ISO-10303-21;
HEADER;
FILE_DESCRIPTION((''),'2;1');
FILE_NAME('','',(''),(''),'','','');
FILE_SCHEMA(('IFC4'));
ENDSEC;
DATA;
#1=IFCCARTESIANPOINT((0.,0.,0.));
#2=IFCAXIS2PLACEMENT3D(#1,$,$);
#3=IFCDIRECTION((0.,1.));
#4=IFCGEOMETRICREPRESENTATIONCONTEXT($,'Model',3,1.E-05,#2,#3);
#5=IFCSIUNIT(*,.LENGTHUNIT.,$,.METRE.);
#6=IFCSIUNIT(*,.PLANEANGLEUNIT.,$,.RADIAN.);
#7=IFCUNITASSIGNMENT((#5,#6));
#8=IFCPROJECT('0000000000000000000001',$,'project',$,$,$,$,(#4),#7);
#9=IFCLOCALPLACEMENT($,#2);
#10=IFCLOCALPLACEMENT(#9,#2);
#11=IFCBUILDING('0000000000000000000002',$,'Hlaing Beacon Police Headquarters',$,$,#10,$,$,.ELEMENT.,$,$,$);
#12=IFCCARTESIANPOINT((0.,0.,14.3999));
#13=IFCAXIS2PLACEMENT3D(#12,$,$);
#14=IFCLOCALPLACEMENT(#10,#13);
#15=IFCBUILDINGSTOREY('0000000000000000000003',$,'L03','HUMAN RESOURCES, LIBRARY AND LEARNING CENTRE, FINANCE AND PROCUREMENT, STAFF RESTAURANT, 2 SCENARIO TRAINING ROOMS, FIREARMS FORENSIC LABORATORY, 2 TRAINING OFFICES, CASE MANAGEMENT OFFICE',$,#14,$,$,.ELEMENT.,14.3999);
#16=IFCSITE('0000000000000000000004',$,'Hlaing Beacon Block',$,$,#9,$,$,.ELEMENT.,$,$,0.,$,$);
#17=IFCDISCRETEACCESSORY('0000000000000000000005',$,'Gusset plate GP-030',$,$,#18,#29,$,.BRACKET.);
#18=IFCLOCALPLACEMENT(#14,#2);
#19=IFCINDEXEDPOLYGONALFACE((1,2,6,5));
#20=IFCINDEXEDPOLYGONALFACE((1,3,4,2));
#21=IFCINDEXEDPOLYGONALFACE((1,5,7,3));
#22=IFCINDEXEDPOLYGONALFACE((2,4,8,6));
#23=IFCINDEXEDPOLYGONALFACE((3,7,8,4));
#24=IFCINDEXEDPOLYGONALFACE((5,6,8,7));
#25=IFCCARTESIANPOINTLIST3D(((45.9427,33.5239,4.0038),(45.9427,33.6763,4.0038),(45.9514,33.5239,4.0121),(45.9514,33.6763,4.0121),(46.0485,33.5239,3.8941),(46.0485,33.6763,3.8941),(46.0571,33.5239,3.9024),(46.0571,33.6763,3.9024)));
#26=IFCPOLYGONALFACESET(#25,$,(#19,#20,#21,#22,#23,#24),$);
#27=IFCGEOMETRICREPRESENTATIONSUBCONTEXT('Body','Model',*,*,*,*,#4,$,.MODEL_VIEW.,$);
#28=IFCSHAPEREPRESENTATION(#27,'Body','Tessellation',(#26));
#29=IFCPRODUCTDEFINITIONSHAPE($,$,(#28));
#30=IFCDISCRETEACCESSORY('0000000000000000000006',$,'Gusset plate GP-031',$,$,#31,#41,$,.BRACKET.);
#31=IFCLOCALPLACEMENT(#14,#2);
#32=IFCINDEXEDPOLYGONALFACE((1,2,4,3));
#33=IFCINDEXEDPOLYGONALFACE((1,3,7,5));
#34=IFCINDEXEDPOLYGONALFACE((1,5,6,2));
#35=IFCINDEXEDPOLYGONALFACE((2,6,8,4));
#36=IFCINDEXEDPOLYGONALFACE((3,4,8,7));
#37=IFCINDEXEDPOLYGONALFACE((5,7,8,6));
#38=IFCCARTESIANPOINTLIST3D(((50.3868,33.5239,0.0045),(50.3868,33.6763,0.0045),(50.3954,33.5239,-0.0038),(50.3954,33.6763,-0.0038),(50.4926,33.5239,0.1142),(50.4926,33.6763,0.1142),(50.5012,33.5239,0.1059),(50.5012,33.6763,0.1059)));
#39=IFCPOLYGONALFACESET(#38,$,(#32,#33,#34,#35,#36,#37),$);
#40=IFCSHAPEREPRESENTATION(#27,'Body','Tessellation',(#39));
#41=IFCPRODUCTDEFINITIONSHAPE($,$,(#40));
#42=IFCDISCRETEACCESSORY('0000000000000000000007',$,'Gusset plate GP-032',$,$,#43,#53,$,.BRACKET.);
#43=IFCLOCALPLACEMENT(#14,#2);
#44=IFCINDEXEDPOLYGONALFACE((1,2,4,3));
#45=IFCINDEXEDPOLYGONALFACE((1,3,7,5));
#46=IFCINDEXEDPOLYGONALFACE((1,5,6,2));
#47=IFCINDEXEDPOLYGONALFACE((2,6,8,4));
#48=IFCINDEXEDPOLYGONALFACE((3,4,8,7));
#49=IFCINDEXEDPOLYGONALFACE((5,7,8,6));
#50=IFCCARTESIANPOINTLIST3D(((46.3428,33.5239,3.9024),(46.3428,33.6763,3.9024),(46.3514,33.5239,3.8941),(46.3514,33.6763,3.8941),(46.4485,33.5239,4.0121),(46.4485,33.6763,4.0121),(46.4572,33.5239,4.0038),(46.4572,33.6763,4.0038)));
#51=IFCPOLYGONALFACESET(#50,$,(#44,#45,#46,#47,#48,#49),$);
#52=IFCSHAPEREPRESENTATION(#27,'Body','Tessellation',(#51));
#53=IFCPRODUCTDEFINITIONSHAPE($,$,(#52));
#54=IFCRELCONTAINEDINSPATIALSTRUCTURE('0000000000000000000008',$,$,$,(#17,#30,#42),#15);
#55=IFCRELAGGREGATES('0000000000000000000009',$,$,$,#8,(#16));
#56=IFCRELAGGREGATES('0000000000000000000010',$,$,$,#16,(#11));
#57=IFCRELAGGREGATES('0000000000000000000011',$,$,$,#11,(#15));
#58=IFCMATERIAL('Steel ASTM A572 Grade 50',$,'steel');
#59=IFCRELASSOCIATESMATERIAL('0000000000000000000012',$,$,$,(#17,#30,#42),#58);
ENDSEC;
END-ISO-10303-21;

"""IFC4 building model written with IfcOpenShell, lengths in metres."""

from ifc_helpers import new_model, si_unit, direction, frame, origin, origin_2d, place, context, subcontext, project, spatial, rectangle, extrude, material, element, save


model = new_model("IFC4")

# Units and contexts
model_context = context("Model", 3, precision=1e-05, world=origin(), true_north=direction((0.0, 1.0)))
body_context = subcontext(model_context, "Body", "Model", "MODEL_VIEW")
ifc_project = project(units=[si_unit("LENGTHUNIT", "METRE"), si_unit("PLANEANGLEUNIT", "RADIAN")], contexts=[model_context])

# Site, building, storey
site_placement = place(None, origin())
site = spatial("IfcSite", under=ifc_project, at=site_placement, Name="Hlaing Beacon Block", CompositionType="ELEMENT", RefElevation=0.0)
building_placement = place(site_placement, origin())
building = spatial("IfcBuilding", under=site, at=building_placement, Name="Hlaing Beacon Police Headquarters", CompositionType="ELEMENT")
storey_placement = place(building_placement, frame((0.0, 0.0, 14.3999)))
storey = spatial("IfcBuildingStorey", under=building, at=storey_placement, Name="L03", Description="HUMAN RESOURCES, LIBRARY AND LEARNING CENTRE, FINANCE AND PROCUREMENT, STAFF RESTAURANT, 2 SCENARIO TRAINING ROOMS, FIREARMS FORENSIC LABORATORY, 2 TRAINING OFFICES, CASE MANAGEMENT OFFICE", CompositionType="ELEMENT", Elevation=14.3999)

# Discrete accessories
ifc_material_1 = material(Name="Steel ASTM A572 Grade 50", Category="steel")
for number, where, z_axis, x_axis, name in (
    (1, (45.9956, 33.6001, 3.949), (0.719984, 0.0, 0.693991), (0.0, 1.0, 0.0), "Gusset plate GP-030"),
    (2, (50.4397, 33.6001, 0.0593), (0.720005, 0.0, -0.693969), (0.0, 1.0, 0.0), "Gusset plate GP-031"),
    (3, (46.4043, 33.6001, 3.949), (-0.720005, 0.0, 0.693969), (0.0, -1.0, 0.0), "Gusset plate GP-032"),
):
    element("IfcDiscreteAccessory", number, at=place(storey_placement, frame(where, z_axis=z_axis, x_axis=x_axis)), inside=storey, material=ifc_material_1, Name=name, PredefinedType="BRACKET", context=body_context, shape_type="SweptSolid", body=[
        extrude(rectangle(XDim=0.1523, YDim=0.1523, at=origin_2d()), origin(), (0.0, 0.0, 1.0), 0.012),
    ])

save(model, "model.ifc")
